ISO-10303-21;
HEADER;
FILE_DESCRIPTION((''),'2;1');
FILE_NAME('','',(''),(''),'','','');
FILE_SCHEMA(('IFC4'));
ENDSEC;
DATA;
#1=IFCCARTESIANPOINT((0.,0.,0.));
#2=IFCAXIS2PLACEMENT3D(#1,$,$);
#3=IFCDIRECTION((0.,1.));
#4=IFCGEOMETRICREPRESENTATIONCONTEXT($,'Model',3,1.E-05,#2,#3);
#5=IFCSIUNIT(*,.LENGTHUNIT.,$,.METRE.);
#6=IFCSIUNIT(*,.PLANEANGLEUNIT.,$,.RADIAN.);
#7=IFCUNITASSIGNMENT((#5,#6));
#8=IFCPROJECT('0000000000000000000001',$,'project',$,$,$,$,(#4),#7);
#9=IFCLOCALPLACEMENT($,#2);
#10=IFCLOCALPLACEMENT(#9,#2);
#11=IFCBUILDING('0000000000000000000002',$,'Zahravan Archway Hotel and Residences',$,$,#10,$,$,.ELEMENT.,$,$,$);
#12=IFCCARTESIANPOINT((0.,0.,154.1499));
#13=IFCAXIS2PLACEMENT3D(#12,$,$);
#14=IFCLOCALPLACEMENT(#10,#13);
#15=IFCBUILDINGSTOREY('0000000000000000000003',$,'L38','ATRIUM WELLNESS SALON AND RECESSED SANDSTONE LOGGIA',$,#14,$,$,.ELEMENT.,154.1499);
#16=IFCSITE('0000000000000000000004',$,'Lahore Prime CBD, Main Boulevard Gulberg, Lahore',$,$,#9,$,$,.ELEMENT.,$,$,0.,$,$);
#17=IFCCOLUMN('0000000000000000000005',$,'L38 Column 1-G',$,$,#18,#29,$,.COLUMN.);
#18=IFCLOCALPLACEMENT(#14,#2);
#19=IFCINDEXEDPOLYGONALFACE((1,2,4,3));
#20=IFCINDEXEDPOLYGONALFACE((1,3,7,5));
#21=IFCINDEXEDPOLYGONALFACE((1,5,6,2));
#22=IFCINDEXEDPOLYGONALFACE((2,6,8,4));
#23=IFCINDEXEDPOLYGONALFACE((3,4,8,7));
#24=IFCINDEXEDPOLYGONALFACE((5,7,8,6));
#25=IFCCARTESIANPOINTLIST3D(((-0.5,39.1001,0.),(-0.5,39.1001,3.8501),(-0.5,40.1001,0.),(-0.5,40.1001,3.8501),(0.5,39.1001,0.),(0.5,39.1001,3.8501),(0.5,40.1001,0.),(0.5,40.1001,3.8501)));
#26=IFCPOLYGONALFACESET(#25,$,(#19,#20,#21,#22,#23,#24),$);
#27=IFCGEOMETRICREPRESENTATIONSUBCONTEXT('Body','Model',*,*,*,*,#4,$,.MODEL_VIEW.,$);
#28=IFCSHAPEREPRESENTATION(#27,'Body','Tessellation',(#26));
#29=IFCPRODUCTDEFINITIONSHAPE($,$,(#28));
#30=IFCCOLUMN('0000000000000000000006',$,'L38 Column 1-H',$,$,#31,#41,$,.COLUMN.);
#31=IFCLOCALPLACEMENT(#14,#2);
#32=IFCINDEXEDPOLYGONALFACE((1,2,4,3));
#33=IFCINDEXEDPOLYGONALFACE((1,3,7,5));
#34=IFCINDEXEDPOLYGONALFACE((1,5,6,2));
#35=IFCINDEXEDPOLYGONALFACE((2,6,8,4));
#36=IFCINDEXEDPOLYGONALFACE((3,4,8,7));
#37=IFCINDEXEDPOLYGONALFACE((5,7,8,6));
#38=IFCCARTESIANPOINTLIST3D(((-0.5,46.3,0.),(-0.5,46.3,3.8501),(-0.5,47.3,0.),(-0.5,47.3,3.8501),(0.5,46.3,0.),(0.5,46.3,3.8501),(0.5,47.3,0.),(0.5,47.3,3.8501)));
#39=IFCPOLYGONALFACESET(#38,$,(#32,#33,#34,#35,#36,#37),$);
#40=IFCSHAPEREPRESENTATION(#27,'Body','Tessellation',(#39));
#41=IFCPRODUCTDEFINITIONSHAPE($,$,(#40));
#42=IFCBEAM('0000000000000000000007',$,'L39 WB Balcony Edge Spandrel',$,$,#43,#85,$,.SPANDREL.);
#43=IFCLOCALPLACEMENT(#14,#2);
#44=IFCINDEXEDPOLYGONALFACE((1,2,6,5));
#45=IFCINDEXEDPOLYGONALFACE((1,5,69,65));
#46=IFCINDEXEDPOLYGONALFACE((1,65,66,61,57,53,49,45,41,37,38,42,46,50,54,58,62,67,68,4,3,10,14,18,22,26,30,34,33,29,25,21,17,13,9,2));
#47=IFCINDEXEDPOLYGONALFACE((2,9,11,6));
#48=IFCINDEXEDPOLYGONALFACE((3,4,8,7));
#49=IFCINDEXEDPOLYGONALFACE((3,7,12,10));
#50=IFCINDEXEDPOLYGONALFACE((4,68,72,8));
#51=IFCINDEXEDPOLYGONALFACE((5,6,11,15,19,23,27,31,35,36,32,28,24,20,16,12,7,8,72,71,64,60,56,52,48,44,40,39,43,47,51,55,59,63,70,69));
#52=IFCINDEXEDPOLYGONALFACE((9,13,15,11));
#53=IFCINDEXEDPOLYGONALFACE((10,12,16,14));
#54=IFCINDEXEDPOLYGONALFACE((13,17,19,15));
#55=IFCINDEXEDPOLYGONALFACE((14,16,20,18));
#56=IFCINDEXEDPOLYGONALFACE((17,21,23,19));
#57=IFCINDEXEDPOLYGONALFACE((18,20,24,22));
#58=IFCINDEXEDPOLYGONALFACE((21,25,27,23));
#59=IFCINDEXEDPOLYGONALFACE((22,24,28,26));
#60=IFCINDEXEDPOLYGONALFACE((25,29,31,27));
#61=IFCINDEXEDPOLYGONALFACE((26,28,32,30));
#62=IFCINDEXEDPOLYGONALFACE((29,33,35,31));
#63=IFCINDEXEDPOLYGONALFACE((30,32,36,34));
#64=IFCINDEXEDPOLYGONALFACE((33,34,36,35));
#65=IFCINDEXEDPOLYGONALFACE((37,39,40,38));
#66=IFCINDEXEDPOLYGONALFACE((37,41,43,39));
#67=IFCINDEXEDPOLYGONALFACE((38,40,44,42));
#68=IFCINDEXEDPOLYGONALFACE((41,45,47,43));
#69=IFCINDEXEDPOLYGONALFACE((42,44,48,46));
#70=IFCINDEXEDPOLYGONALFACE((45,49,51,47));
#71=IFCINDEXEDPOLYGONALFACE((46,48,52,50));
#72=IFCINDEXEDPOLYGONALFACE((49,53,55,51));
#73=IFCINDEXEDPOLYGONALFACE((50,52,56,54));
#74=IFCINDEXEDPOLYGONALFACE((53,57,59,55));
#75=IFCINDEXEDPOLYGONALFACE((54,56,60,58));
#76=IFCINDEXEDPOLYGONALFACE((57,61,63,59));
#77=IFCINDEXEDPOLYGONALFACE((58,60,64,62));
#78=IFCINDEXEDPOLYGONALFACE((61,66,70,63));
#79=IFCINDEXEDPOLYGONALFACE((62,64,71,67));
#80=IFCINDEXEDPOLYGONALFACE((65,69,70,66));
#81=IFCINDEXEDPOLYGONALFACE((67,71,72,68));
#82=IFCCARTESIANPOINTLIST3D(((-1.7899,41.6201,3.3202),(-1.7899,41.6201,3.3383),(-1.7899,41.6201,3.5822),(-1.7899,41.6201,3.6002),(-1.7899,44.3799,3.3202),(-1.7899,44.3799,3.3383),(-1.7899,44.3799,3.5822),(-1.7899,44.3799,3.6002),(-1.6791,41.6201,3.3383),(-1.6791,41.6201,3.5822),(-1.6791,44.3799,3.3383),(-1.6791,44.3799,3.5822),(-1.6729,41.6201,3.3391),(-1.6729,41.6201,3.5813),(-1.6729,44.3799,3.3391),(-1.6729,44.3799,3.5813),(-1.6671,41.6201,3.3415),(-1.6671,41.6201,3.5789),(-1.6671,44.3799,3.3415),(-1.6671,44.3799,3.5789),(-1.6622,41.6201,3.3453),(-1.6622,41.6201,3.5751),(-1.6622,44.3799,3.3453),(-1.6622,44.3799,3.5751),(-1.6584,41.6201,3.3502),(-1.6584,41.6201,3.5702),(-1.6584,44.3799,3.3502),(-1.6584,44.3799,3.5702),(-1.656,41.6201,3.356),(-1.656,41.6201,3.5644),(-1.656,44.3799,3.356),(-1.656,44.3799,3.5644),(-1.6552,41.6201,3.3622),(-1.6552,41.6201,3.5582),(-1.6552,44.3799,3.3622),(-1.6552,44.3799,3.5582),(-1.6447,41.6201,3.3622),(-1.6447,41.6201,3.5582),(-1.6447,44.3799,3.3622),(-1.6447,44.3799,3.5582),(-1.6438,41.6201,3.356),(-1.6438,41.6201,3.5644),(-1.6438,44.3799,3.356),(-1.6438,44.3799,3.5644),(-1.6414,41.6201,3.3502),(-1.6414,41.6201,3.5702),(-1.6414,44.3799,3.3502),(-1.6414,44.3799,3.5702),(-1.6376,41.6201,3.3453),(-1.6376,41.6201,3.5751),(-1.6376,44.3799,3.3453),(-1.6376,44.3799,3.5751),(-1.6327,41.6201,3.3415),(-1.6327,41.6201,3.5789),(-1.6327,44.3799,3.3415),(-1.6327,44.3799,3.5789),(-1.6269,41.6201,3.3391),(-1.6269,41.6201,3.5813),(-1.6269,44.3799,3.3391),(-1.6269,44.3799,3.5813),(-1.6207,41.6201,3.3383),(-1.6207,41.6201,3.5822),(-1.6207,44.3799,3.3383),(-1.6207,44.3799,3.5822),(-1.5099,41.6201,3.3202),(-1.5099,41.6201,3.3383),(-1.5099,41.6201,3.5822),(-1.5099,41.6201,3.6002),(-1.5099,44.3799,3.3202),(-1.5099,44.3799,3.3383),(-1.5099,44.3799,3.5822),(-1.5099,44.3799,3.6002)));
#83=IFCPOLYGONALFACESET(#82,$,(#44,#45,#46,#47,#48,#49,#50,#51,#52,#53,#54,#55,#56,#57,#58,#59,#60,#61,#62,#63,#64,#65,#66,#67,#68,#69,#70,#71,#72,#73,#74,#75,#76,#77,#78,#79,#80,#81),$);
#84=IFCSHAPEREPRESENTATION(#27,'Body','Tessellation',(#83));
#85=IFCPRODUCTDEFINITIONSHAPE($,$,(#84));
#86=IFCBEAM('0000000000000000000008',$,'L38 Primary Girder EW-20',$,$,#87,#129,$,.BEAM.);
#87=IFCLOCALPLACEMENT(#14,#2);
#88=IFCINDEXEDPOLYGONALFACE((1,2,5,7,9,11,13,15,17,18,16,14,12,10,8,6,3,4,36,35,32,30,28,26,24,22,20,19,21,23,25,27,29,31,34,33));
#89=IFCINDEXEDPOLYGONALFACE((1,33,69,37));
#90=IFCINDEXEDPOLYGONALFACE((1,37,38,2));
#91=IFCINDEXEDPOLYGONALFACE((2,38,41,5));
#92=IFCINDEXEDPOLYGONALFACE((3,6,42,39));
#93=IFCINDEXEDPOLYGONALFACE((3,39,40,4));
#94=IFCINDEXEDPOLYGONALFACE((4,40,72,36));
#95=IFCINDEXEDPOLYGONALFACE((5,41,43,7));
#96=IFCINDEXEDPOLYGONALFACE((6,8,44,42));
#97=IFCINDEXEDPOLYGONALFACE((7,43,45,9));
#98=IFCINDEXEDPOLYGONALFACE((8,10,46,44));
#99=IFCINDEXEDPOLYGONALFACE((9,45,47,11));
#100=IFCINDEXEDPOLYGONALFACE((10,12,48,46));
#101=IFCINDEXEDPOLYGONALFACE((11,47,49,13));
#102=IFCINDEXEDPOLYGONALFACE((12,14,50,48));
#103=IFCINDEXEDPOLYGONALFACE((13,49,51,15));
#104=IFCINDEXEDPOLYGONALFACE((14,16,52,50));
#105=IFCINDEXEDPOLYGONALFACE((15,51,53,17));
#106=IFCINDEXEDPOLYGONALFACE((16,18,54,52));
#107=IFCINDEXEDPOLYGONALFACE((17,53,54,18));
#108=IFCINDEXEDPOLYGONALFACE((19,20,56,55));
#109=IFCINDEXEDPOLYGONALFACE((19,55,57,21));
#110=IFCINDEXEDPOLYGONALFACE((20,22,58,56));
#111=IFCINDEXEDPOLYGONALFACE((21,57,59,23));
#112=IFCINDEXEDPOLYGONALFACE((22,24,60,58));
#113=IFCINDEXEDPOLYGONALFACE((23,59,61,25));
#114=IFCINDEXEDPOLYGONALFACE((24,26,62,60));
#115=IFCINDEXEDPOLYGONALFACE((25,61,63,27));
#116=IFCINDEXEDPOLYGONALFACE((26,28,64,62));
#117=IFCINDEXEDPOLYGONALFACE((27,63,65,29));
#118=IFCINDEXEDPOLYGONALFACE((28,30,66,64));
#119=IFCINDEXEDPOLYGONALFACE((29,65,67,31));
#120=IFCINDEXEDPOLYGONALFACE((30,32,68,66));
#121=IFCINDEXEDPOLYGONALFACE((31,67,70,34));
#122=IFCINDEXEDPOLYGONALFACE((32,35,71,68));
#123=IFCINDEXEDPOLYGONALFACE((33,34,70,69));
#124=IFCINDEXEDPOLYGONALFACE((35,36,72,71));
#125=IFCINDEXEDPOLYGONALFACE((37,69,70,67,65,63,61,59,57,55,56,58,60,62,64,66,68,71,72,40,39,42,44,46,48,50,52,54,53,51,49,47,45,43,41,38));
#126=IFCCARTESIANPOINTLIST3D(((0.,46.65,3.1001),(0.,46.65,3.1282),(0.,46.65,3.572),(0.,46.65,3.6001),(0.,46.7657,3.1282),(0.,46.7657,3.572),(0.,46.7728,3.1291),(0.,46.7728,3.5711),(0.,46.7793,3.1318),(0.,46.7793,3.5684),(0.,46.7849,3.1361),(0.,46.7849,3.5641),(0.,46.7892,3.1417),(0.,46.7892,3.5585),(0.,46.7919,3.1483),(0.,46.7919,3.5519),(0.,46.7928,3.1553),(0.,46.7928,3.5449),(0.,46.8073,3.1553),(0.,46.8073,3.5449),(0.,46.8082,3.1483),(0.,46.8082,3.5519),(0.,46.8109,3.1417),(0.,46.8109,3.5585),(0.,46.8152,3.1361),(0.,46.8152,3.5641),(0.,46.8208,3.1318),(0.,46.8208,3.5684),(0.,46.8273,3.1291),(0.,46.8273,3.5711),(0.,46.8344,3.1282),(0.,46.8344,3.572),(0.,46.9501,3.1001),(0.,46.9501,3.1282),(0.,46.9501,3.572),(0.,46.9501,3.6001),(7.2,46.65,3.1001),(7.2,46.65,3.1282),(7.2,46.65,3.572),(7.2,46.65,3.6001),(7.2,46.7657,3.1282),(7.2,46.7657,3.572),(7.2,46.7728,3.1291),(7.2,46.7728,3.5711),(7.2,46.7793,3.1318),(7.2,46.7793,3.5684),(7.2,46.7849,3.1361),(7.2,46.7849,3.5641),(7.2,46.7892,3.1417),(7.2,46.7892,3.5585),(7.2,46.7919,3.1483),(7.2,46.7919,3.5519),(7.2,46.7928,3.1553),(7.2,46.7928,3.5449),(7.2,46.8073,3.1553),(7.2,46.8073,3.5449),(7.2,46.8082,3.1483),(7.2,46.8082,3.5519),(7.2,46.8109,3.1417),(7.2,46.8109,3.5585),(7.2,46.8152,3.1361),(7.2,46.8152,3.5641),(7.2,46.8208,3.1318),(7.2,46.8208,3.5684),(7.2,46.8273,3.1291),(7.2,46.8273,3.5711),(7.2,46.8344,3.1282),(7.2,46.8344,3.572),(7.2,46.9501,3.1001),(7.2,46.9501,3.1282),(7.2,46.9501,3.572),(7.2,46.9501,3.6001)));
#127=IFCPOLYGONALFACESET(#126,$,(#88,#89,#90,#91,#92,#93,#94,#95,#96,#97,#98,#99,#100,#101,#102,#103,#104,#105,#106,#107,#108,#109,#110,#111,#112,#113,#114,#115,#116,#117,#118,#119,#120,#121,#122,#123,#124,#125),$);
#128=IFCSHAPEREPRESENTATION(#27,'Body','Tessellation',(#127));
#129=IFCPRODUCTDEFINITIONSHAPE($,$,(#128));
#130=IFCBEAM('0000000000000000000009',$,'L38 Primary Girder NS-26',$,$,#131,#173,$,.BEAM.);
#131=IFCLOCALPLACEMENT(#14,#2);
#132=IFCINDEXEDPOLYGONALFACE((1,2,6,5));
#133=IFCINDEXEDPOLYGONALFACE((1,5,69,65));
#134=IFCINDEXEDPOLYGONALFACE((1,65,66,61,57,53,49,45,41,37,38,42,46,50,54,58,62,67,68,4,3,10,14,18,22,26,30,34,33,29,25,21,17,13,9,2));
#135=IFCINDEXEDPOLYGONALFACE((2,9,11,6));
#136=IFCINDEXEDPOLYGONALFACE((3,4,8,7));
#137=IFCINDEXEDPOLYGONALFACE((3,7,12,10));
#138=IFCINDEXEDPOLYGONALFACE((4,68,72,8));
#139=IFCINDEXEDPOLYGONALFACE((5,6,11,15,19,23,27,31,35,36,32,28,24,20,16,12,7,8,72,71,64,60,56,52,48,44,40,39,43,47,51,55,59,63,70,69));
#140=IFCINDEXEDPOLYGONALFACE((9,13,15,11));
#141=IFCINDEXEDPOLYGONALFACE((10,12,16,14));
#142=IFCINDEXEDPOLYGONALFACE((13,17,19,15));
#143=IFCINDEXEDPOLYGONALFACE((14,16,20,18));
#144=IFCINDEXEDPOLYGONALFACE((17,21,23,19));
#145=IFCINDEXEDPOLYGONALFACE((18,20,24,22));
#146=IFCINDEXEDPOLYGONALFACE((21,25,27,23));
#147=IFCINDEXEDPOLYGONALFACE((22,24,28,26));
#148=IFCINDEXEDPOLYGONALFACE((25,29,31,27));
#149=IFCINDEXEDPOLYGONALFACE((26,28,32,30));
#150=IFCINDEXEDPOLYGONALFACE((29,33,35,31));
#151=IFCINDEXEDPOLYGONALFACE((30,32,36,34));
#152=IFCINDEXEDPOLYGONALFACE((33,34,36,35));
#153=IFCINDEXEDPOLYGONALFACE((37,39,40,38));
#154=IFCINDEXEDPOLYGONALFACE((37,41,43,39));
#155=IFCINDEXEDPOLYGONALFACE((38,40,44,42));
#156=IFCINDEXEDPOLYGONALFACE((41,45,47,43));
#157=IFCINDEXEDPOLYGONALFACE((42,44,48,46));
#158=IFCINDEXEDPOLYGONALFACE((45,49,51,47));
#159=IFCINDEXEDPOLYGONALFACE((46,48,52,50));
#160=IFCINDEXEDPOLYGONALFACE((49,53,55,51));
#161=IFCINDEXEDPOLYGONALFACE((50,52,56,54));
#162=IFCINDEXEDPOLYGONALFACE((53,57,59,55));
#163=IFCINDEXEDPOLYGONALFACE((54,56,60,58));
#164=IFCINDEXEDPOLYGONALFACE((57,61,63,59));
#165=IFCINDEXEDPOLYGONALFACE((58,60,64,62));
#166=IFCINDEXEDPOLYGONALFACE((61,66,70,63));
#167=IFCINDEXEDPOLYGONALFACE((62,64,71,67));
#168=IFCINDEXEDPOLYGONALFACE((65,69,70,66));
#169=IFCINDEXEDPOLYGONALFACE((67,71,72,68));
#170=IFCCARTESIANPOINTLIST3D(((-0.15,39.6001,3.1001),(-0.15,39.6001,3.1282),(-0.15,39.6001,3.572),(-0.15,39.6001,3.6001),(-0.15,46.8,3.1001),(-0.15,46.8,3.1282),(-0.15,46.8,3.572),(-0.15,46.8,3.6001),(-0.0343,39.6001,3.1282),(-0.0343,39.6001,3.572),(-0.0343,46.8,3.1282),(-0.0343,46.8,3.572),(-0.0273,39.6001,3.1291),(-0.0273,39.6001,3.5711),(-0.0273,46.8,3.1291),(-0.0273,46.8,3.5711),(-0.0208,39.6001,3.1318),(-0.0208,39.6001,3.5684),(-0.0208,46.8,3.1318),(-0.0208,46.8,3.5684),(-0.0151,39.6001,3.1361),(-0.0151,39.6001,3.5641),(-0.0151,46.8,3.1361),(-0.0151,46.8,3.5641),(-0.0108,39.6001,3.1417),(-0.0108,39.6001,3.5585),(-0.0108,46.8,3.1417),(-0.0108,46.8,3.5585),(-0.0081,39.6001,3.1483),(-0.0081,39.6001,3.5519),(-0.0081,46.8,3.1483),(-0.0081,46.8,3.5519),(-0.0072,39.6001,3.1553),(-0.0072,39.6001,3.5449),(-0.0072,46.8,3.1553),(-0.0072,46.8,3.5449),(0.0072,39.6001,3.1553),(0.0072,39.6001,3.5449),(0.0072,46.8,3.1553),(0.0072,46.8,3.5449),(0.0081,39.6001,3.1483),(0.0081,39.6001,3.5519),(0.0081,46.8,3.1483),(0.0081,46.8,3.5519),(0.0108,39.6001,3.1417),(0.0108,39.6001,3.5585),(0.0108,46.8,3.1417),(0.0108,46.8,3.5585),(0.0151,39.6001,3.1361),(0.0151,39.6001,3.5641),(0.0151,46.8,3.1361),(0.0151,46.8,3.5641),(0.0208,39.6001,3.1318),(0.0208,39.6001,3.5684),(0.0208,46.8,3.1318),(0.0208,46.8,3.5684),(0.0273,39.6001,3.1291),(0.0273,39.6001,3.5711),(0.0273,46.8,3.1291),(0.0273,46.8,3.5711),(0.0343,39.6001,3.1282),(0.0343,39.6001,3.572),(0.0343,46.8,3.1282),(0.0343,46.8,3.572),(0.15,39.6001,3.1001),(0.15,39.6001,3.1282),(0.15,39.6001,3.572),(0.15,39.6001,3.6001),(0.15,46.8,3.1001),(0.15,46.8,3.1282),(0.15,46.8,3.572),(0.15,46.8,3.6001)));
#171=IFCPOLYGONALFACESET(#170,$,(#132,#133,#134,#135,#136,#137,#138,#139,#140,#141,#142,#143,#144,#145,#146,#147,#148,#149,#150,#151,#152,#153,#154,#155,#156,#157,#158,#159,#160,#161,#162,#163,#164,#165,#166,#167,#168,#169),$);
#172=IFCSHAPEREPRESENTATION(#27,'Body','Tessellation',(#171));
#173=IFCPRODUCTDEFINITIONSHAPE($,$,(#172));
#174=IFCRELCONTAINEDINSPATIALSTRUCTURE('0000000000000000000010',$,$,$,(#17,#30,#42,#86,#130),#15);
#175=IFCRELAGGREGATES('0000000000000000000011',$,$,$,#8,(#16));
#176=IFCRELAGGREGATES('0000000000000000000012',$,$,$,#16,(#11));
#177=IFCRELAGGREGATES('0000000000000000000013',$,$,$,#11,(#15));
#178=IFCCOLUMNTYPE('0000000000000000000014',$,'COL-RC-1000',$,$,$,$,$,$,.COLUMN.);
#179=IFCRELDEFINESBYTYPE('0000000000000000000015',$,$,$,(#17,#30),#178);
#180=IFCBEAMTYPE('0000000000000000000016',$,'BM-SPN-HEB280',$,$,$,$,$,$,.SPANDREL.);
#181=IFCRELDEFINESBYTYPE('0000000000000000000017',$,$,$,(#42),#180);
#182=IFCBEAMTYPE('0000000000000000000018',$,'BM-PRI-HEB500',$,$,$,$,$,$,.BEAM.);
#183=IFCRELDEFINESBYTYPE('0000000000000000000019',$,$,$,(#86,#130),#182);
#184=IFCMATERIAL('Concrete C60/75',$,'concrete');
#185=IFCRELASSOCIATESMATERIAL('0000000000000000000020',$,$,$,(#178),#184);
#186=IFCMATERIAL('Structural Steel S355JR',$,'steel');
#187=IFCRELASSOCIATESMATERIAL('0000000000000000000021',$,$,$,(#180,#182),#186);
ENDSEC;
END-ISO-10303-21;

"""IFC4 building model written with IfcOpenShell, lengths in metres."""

from ifc_helpers import new_model, si_unit, direction, frame, origin, origin_2d, place, context, subcontext, project, spatial, rectangle, i_section, extrude, source, transform, mapped, material, material_profile, profile_set, type_object, element, save


model = new_model("IFC4")

# Units and contexts
model_context = context("Model", 3, precision=1e-05, world=origin(), true_north=direction((0.0, 1.0)))
body_context = subcontext(model_context, "Body", "Model", "MODEL_VIEW")
ifc_project = project(units=[si_unit("LENGTHUNIT", "METRE"), si_unit("PLANEANGLEUNIT", "RADIAN")], contexts=[model_context])

# Site, building, storey
site_placement = place(None, origin())
site = spatial("IfcSite", under=ifc_project, at=site_placement, Name="Lahore Prime CBD, Main Boulevard Gulberg, Lahore", CompositionType="ELEMENT", RefElevation=0.0)
building_placement = place(site_placement, origin())
building = spatial("IfcBuilding", under=site, at=building_placement, Name="Zahravan Archway Hotel and Residences", CompositionType="ELEMENT")
storey_placement = place(building_placement, frame((0.0, 0.0, 154.1499)))
storey = spatial("IfcBuildingStorey", under=building, at=storey_placement, Name="L38", Description="ATRIUM WELLNESS SALON AND RECESSED SANDSTONE LOGGIA", CompositionType="ELEMENT", Elevation=154.1499)

# Columns
ifc_material_1 = material(Name="Concrete C60/75", Category="concrete")
ifc_material_profile_1 = material_profile(ifc_material_1, rectangle(XDim=1.0, YDim=1.0, at=origin_2d()), Name="RC-COL-1000x1000", Category="concrete")
ifc_profile_set_1 = profile_set([ifc_material_profile_1], Name="Concrete C60/75")
column_type = type_object("IfcColumnType", Name="COL-RC-1000", PredefinedType="COLUMN", material=ifc_profile_set_1)
shared_shape_1 = source(origin(), body_context, "Body", "SweptSolid", [
    extrude(rectangle(XDim=1.0, YDim=1.0, at=origin_2d()), origin(), (0.0, 0.0, 1.0), 3.8501),
])
for number, where, z_axis, x_axis, name in (
    (1, (0.0, 39.6001, 0.0), (0.0, 0.0, 1.0), (1.0, 0.0, 0.0), "L38 Column 1-G"),
    (2, (0.0, 46.8, 0.0), (0.0, 0.0, 1.0), (1.0, 0.0, 0.0), "L38 Column 1-H"),
):
    element("IfcColumn", number, at=place(storey_placement, frame(where, z_axis=z_axis, x_axis=x_axis)), inside=storey, type_object=column_type, Name=name, PredefinedType="COLUMN", context=body_context, shape_type="MappedRepresentation", body=[
        mapped(shared_shape_1, transform((0.0, 0.0, 0.0), scale=1.0)),
    ])

# Beams
ifc_material_2 = material(Name="Structural Steel S355JR", Category="steel")
ifc_material_profile_2 = material_profile(ifc_material_2, i_section(OverallWidth=0.28, OverallDepth=0.28, WebThickness=0.0105, FlangeThickness=0.0181, FilletRadius=0.0239, at=origin_2d()), Name="HEB 280", Category="steel")
ifc_profile_set_2 = profile_set([ifc_material_profile_2], Name="Structural Steel S355JR")
beam_type_1 = type_object("IfcBeamType", Name="BM-SPN-HEB280", PredefinedType="SPANDREL", material=ifc_profile_set_2)
shared_shape_2 = source(origin(), body_context, "Body", "SweptSolid", [
    extrude(i_section(OverallWidth=0.28, OverallDepth=0.28, WebThickness=0.0105, FlangeThickness=0.0181, FilletRadius=0.0239, at=origin_2d()), origin(), (0.0, 0.0, 1.0), 2.7598),
])
beam_placement = place(storey_placement, frame((-1.6499, 41.6201, 3.4602), z_axis=(0.0, 1.0, 0.0), x_axis=(-1.0, 0.0, 0.0)))
element("IfcBeam", 3, at=beam_placement, inside=storey, type_object=beam_type_1, Name="L39 WB Balcony Edge Spandrel", PredefinedType="SPANDREL", context=body_context, shape_type="MappedRepresentation", body=[
    mapped(shared_shape_2, transform((0.0, 0.0, 0.0), scale=1.0)),
])
ifc_material_profile_3 = material_profile(ifc_material_2, i_section(OverallWidth=0.3, OverallDepth=0.5, WebThickness=0.0144, FlangeThickness=0.0281, FilletRadius=0.0271, at=origin_2d()), Name="HEB 500", Category="steel")
ifc_profile_set_3 = profile_set([ifc_material_profile_3], Name="Structural Steel S355JR")
beam_type_2 = type_object("IfcBeamType", Name="BM-PRI-HEB500", PredefinedType="BEAM", material=ifc_profile_set_3)
shared_shape_3 = source(origin(), body_context, "Body", "SweptSolid", [
    extrude(i_section(OverallWidth=0.3, OverallDepth=0.5, WebThickness=0.0144, FlangeThickness=0.0281, FilletRadius=0.0271, at=origin_2d()), origin(), (0.0, 0.0, 1.0), 7.2),
])
for number, where, z_axis, x_axis, name in (
    (4, (0.0, 46.8, 3.3501), (1.0, 0.0, 0.0), (0.0, 1.0, 0.0), "L38 Primary Girder EW-20"),
    (5, (0.0, 39.6001, 3.3501), (0.0, 1.0, 0.0), (-1.0, 0.0, 0.0), "L38 Primary Girder NS-26"),
):
    element("IfcBeam", number, at=place(storey_placement, frame(where, z_axis=z_axis, x_axis=x_axis)), inside=storey, type_object=beam_type_2, Name=name, PredefinedType="BEAM", context=body_context, shape_type="MappedRepresentation", body=[
        mapped(shared_shape_3, transform((0.0, 0.0, 0.0), scale=1.0)),
    ])

save(model, "model.ifc")
